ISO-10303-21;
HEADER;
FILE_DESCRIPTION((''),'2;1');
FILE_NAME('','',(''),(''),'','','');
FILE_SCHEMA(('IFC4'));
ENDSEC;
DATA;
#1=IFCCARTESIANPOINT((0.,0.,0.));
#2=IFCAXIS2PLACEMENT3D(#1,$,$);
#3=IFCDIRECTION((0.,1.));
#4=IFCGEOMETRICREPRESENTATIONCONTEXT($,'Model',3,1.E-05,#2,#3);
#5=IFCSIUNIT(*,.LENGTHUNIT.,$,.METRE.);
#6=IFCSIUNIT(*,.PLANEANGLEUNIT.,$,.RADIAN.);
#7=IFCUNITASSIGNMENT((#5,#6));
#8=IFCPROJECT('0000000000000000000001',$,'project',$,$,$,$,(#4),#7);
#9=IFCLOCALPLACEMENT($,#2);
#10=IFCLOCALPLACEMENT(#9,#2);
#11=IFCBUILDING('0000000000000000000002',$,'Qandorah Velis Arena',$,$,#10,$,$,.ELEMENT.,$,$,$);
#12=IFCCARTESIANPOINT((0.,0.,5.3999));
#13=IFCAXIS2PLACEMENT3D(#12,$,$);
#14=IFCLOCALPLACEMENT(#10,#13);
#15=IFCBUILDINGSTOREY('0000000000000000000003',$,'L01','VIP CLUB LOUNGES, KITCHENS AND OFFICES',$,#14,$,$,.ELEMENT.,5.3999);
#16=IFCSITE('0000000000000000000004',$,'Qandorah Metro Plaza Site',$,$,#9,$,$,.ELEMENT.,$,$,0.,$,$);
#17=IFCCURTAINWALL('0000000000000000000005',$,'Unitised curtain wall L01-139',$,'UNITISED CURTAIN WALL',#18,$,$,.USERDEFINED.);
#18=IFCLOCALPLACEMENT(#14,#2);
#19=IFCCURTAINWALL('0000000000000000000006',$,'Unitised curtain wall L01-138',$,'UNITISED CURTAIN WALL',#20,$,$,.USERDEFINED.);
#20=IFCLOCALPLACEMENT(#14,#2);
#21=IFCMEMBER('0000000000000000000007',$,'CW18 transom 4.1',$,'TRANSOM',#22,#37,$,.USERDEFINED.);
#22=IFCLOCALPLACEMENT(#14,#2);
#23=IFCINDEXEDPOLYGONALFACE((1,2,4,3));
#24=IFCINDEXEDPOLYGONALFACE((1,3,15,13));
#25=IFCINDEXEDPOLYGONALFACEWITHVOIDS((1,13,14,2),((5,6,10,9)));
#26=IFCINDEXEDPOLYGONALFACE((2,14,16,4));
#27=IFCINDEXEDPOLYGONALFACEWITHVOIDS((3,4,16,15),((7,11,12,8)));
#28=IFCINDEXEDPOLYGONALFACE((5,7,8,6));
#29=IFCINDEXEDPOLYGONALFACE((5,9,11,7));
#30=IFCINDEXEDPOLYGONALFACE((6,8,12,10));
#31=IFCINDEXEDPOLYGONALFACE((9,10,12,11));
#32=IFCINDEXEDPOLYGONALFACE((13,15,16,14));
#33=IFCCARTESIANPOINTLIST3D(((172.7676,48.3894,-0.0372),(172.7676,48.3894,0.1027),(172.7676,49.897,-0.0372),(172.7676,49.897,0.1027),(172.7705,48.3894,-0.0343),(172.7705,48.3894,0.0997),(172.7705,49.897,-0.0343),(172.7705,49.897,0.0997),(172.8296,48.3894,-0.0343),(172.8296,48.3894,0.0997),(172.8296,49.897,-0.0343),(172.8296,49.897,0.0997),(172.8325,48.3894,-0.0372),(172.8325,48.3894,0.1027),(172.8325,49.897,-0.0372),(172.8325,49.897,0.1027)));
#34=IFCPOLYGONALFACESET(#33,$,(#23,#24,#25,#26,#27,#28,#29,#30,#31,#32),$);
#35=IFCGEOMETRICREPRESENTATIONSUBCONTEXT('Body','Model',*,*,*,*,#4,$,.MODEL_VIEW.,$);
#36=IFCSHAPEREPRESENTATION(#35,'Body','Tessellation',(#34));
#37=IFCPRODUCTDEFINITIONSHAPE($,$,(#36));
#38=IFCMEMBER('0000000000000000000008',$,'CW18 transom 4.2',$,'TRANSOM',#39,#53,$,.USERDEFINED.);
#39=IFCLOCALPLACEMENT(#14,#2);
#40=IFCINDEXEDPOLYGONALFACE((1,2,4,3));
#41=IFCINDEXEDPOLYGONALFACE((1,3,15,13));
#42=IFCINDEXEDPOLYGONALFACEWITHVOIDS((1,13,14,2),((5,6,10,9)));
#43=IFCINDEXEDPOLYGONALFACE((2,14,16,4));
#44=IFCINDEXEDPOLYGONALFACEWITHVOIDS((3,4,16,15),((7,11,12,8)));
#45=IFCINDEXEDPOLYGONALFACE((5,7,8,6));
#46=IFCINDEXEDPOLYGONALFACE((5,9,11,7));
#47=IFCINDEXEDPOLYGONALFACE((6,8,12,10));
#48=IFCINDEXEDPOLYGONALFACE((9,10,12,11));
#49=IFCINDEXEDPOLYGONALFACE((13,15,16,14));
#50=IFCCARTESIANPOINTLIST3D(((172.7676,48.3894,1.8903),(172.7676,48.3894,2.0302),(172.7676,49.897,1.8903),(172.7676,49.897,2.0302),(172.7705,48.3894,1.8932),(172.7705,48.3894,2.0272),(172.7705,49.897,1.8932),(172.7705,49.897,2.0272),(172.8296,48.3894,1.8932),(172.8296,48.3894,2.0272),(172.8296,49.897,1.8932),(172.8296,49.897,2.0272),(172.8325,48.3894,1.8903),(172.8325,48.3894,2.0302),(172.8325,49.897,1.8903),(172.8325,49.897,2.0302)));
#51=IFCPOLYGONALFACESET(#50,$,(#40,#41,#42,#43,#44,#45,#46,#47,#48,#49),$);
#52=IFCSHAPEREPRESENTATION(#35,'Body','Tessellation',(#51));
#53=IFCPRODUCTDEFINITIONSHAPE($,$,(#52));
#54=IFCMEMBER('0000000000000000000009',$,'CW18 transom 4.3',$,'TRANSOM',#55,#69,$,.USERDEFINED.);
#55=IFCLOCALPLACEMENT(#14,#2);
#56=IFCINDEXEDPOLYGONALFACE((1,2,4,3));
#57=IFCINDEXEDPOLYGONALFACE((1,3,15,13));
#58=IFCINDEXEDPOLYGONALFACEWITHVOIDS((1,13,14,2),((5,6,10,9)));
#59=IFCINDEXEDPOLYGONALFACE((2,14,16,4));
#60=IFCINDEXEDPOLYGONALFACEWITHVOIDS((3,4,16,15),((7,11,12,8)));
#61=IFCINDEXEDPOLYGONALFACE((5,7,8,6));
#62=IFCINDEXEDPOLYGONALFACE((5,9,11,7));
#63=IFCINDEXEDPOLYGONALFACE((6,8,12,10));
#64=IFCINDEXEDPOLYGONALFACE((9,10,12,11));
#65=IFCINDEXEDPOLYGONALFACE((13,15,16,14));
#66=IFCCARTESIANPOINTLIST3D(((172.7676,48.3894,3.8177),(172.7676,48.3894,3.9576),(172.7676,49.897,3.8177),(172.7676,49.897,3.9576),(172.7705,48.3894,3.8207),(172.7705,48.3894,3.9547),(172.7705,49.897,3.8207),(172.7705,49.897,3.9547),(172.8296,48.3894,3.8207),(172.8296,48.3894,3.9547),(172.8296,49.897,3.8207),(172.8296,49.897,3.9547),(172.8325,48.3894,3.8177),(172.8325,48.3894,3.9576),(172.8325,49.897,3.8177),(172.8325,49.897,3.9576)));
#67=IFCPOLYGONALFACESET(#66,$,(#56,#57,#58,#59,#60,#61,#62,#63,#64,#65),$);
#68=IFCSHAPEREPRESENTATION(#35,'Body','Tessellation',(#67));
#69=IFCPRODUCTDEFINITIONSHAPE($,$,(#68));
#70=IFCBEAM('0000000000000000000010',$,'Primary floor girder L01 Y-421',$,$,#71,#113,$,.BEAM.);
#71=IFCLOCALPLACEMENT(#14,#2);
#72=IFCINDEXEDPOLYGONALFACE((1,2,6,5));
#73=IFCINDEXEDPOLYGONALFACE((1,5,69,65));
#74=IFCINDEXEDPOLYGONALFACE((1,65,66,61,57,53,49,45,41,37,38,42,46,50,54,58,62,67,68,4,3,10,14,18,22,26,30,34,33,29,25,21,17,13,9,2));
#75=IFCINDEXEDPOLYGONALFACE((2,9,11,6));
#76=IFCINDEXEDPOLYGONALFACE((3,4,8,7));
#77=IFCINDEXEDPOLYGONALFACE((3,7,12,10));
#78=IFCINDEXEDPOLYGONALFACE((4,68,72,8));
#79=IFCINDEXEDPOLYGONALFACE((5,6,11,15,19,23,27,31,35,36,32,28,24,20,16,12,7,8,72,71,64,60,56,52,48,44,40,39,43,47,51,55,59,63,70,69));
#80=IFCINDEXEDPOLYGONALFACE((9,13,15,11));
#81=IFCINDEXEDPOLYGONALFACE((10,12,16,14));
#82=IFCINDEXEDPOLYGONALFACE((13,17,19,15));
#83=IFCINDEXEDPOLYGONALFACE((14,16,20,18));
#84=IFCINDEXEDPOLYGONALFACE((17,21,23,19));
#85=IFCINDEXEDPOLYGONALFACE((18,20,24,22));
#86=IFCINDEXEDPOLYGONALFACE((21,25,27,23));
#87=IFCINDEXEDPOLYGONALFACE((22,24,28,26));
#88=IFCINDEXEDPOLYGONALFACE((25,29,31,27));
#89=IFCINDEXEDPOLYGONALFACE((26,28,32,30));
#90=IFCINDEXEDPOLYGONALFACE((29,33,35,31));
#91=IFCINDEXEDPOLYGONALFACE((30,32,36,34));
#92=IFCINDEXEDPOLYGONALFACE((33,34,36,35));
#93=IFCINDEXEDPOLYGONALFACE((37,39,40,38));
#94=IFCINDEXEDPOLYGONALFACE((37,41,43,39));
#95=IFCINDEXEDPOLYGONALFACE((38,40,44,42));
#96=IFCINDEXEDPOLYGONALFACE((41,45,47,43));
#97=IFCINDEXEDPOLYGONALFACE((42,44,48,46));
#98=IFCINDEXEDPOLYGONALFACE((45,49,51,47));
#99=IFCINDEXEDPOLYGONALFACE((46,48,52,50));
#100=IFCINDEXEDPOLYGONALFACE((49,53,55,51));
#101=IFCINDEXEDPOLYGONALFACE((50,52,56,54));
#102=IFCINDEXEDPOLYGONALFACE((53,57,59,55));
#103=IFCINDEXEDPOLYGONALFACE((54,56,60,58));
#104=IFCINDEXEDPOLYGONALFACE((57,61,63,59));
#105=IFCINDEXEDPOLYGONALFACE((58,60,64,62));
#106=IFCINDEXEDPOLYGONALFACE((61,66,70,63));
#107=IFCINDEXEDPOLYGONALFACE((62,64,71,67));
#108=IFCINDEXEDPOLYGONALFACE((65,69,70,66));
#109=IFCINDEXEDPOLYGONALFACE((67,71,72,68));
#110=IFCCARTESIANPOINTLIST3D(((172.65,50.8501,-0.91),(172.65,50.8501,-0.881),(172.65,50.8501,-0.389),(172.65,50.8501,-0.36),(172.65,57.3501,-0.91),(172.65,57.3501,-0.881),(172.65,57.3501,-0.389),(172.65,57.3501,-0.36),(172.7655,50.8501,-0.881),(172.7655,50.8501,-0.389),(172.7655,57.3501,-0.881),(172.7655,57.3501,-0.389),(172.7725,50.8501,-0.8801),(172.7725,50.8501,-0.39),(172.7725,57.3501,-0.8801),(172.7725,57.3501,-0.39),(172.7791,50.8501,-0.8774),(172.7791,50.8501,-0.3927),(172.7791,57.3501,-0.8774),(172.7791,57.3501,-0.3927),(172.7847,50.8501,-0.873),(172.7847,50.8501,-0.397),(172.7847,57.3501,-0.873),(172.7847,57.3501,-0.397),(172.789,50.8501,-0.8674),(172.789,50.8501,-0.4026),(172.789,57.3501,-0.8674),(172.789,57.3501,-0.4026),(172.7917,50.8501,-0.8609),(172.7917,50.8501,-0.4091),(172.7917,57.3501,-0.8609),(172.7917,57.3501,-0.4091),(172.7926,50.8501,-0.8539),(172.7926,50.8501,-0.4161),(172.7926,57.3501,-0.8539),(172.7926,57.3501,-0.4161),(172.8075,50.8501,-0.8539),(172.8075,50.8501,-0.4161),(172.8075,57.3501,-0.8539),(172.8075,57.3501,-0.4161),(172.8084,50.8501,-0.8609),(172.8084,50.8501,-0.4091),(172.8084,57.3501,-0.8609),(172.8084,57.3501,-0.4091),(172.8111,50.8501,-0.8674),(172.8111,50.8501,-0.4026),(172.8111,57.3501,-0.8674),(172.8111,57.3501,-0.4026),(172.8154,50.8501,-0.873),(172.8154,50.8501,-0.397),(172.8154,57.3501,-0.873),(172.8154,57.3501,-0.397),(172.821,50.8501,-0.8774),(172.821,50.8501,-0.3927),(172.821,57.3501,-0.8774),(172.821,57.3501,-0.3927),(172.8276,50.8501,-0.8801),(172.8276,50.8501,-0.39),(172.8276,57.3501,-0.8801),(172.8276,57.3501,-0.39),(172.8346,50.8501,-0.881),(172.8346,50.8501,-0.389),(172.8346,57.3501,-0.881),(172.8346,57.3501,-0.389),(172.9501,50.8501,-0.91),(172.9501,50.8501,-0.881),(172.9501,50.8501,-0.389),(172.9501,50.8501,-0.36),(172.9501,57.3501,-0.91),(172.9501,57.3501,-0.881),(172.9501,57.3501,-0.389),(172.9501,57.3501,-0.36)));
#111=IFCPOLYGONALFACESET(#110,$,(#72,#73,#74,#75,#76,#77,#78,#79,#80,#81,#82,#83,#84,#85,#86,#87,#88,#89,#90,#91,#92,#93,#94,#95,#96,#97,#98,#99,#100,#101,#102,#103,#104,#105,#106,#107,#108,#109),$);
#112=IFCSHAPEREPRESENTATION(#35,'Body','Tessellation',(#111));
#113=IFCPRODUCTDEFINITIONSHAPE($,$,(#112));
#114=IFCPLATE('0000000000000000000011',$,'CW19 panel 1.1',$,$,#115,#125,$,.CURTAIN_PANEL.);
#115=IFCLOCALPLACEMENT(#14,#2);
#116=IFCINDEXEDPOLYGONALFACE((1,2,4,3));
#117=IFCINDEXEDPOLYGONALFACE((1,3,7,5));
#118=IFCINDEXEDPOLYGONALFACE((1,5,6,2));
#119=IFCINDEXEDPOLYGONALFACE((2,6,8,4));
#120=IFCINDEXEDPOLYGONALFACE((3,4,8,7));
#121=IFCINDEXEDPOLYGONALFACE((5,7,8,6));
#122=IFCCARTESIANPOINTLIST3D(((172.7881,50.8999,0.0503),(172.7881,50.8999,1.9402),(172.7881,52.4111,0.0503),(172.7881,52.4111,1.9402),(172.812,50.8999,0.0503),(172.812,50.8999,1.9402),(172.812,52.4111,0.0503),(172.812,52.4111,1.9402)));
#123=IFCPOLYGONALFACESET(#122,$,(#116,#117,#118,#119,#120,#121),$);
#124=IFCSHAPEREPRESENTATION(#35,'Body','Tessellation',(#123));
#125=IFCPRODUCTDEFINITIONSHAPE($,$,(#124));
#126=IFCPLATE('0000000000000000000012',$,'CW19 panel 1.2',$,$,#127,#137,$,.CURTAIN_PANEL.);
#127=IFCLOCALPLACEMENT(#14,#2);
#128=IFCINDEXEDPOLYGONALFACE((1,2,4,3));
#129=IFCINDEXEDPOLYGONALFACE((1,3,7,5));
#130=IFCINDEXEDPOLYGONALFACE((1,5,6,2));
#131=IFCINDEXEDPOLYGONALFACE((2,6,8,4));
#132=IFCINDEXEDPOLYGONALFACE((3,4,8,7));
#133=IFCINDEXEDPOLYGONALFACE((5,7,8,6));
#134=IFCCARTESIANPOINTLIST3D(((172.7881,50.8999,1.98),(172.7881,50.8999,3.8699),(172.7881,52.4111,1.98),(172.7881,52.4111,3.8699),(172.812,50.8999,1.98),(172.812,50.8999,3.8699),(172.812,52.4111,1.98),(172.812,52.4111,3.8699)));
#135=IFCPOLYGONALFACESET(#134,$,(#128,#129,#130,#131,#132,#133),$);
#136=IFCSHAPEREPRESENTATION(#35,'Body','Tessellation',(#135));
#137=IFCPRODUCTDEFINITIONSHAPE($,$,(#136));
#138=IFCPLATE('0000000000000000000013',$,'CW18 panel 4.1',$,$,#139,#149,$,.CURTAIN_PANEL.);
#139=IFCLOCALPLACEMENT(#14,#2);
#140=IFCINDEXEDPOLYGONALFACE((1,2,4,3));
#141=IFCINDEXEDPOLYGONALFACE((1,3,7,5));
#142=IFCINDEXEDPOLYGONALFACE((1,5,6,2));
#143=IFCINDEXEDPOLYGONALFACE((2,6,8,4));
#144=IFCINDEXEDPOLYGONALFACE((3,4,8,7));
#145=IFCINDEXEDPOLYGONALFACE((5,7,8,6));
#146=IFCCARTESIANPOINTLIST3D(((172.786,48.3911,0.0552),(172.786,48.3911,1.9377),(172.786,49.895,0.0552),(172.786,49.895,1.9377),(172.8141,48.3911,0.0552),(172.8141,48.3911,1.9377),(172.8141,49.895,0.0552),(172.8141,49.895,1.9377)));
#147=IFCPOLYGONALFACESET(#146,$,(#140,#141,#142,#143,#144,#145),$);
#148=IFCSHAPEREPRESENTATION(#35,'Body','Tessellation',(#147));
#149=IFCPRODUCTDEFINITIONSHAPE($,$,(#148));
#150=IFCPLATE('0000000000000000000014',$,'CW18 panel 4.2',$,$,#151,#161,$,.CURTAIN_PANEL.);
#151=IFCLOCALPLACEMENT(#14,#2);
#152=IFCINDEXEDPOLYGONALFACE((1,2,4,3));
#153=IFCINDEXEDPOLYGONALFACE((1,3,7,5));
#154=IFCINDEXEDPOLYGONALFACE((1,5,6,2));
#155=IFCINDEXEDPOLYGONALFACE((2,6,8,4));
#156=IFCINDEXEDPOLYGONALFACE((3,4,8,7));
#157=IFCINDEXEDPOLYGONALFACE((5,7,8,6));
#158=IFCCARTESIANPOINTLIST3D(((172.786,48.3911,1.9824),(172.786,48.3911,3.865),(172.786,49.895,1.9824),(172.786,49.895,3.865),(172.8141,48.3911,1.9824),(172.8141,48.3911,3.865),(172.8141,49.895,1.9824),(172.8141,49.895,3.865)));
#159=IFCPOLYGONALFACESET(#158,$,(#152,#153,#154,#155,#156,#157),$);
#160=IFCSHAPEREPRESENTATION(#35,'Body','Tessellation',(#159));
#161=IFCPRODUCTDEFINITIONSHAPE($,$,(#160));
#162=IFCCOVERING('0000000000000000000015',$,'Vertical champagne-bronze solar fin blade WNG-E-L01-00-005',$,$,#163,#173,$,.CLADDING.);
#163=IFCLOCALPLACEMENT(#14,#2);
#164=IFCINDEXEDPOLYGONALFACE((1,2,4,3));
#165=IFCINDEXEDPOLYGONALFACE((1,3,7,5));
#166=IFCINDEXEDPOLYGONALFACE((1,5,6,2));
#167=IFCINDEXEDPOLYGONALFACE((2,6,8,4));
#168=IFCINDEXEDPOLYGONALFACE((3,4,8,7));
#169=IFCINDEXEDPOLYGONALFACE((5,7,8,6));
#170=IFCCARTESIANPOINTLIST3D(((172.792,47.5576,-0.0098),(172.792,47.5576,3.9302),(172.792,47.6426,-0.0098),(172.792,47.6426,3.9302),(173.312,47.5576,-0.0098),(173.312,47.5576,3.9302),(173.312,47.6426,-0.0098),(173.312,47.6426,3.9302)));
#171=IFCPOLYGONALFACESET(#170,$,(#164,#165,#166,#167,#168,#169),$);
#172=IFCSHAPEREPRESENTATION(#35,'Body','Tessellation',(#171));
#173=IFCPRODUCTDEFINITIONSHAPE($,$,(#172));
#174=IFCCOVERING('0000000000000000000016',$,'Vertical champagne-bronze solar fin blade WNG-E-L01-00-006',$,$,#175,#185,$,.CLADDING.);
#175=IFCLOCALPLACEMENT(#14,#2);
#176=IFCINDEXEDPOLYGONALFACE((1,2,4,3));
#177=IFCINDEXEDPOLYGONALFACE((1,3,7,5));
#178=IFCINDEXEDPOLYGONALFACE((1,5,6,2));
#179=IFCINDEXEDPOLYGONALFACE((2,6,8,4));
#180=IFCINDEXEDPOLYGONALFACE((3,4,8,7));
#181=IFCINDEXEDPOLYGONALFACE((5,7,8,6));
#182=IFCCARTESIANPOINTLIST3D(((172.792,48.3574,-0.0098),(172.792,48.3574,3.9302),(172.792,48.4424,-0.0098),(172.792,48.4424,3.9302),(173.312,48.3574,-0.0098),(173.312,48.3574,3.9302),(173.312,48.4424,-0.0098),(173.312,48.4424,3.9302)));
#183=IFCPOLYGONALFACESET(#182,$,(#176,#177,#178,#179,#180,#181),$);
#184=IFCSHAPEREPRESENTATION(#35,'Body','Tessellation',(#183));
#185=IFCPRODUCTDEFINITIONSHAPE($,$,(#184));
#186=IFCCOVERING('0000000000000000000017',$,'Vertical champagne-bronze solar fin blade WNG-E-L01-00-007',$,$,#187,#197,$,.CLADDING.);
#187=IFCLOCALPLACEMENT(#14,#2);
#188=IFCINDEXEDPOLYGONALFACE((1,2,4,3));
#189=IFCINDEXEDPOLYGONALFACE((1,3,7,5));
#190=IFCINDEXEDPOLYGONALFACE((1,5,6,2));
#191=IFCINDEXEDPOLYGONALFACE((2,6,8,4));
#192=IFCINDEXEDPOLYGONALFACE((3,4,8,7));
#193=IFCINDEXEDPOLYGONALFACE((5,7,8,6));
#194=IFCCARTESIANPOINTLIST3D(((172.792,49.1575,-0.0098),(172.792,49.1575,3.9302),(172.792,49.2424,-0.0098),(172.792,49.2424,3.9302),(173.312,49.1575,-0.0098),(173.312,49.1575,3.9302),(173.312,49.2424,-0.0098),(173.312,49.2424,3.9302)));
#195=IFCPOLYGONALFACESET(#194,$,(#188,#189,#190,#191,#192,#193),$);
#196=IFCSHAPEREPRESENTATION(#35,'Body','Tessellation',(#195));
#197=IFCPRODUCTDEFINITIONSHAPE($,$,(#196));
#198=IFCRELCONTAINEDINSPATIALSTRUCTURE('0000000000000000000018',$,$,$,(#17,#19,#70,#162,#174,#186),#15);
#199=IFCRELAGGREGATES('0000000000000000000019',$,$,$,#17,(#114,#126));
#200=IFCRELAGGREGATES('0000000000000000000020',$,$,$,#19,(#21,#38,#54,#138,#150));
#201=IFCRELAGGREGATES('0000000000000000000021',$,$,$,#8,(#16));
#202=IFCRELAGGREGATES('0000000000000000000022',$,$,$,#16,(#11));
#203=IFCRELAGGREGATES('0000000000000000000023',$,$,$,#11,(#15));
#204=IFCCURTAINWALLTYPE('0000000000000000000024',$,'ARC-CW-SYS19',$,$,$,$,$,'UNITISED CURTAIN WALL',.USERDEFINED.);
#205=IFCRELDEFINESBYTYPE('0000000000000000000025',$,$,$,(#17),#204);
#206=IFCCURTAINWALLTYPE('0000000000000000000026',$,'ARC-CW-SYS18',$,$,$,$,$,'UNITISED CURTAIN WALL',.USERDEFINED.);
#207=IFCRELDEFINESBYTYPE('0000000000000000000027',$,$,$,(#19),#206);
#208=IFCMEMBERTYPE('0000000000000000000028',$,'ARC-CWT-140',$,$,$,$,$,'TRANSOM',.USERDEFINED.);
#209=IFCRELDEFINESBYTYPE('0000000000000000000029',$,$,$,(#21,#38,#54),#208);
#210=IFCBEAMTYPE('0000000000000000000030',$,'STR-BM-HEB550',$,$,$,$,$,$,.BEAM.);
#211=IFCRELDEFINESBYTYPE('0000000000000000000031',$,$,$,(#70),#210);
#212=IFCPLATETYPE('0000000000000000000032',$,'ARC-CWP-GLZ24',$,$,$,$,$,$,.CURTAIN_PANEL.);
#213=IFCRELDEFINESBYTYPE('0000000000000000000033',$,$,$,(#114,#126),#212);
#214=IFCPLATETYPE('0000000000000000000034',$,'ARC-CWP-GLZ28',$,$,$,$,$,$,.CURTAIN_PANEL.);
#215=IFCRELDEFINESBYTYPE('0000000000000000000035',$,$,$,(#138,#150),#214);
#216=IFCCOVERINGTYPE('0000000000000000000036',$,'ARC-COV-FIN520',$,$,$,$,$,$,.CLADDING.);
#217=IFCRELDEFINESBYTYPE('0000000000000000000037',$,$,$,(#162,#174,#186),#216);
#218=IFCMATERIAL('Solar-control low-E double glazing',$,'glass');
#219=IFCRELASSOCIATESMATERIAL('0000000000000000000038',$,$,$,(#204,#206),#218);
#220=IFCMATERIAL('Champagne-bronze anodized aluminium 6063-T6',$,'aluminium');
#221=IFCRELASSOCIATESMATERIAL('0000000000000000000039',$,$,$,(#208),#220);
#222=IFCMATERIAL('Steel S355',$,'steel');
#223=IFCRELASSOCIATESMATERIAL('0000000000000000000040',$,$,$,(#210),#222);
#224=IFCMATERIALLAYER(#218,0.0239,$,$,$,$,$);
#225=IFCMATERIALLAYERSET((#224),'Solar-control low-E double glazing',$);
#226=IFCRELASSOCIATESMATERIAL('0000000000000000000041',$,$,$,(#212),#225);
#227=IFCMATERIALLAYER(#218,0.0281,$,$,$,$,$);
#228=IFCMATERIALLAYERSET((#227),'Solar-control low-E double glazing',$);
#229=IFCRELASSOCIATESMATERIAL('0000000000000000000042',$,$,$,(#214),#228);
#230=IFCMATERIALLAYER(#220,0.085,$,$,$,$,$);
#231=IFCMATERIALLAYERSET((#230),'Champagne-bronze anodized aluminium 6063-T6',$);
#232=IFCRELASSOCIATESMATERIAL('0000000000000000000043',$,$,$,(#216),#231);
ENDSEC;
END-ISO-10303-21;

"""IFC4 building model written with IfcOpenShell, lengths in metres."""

from ifc_helpers import new_model, si_unit, direction, frame, origin, origin_2d, place, context, subcontext, project, spatial, rectangle, hollow_rectangle, i_section, extrude, material, layer, layer_set, material_profile, profile_set, type_object, element, aggregate, save


model = new_model("IFC4")

# Units and contexts
model_context = context("Model", 3, precision=1e-05, world=origin(), true_north=direction((0.0, 1.0)))
body_context = subcontext(model_context, "Body", "Model", "MODEL_VIEW")
ifc_project = project(units=[si_unit("LENGTHUNIT", "METRE"), si_unit("PLANEANGLEUNIT", "RADIAN")], contexts=[model_context])

# Site, building, storey
site_placement = place(None, origin())
site = spatial("IfcSite", under=ifc_project, at=site_placement, Name="Qandorah Metro Plaza Site", CompositionType="ELEMENT", RefElevation=0.0)
building_placement = place(site_placement, origin())
building = spatial("IfcBuilding", under=site, at=building_placement, Name="Qandorah Velis Arena", CompositionType="ELEMENT")
storey_placement = place(building_placement, frame((0.0, 0.0, 5.3999)))
storey = spatial("IfcBuildingStorey", under=building, at=storey_placement, Name="L01", Description="VIP CLUB LOUNGES, KITCHENS AND OFFICES", CompositionType="ELEMENT", Elevation=5.3999)

# Curtain walls
ifc_material_1 = material(Name="Solar-control low-E double glazing", Category="glass")
curtain_wall_type_1 = type_object("IfcCurtainWallType", Name="ARC-CW-SYS19", ElementType="UNITISED CURTAIN WALL", PredefinedType="USERDEFINED", material=ifc_material_1)
curtain_wall_1_placement = place(storey_placement, origin())
curtain_wall_1 = element("IfcCurtainWall", 1, at=curtain_wall_1_placement, inside=storey, type_object=curtain_wall_type_1, Name="Unitised curtain wall L01-139", ObjectType="UNITISED CURTAIN WALL", PredefinedType="USERDEFINED")
ifc_material_2 = material(Name="Champagne-bronze anodized aluminium 6063-T6", Category="aluminium")
curtain_wall_type_2 = type_object("IfcCurtainWallType", Name="ARC-CW-SYS18", ElementType="UNITISED CURTAIN WALL", PredefinedType="USERDEFINED", material=ifc_material_1)
curtain_wall_2_placement = place(storey_placement, origin())
curtain_wall_2 = element("IfcCurtainWall", 2, at=curtain_wall_2_placement, inside=storey, type_object=curtain_wall_type_2, Name="Unitised curtain wall L01-138", ObjectType="UNITISED CURTAIN WALL", PredefinedType="USERDEFINED")

# Members
ifc_material_profile_1 = material_profile(ifc_material_2, hollow_rectangle(XDim=0.0649, YDim=0.1399, WallThickness=0.0029, at=origin_2d()), Name="ALU TRANSOM 65x140")
ifc_profile_set_1 = profile_set([ifc_material_profile_1], Name="Champagne-bronze anodized aluminium 6063-T6")
member_type_1 = type_object("IfcMemberType", Name="ARC-CWT-140", ElementType="TRANSOM", PredefinedType="USERDEFINED", material=ifc_profile_set_1)
member_1_placement = place(storey_placement, frame((172.8, 48.3894, 0.0327), z_axis=(0.0, 1.0, 0.0), x_axis=(-1.0, 0.0, 0.0)))
member_1 = element("IfcMember", 3, at=member_1_placement, type_object=member_type_1, Name="CW18 transom 4.1", ObjectType="TRANSOM", PredefinedType="USERDEFINED", context=body_context, shape_type="SweptSolid", body=[
    extrude(hollow_rectangle(XDim=0.0649, YDim=0.1399, WallThickness=0.0029, at=origin_2d()), origin(), (0.0, 0.0, 1.0), 1.5076),
])
member_2_placement = place(storey_placement, frame((172.8, 48.3894, 1.9602), z_axis=(0.0, 1.0, 0.0), x_axis=(-1.0, 0.0, 0.0)))
member_2 = element("IfcMember", 4, at=member_2_placement, type_object=member_type_1, Name="CW18 transom 4.2", ObjectType="TRANSOM", PredefinedType="USERDEFINED", context=body_context, shape_type="SweptSolid", body=[
    extrude(hollow_rectangle(XDim=0.0649, YDim=0.1399, WallThickness=0.0029, at=origin_2d()), origin(), (0.0, 0.0, 1.0), 1.5076),
])
member_3_placement = place(storey_placement, frame((172.8, 48.3894, 3.8877), z_axis=(0.0, 1.0, 0.0), x_axis=(-1.0, 0.0, 0.0)))
member_3 = element("IfcMember", 5, at=member_3_placement, type_object=member_type_1, Name="CW18 transom 4.3", ObjectType="TRANSOM", PredefinedType="USERDEFINED", context=body_context, shape_type="SweptSolid", body=[
    extrude(hollow_rectangle(XDim=0.0649, YDim=0.1399, WallThickness=0.0029, at=origin_2d()), origin(), (0.0, 0.0, 1.0), 1.5076),
])

# Beam
ifc_material_3 = material(Name="Steel S355", Category="steel")
ifc_material_profile_2 = material_profile(ifc_material_3, i_section(OverallWidth=0.3, OverallDepth=0.55, WebThickness=0.0149, FlangeThickness=0.0291, FilletRadius=0.0271, at=origin_2d()), Name="HEB 550")
ifc_profile_set_2 = profile_set([ifc_material_profile_2], Name="Steel S355")
beam_type = type_object("IfcBeamType", Name="STR-BM-HEB550", PredefinedType="BEAM", material=ifc_profile_set_2)
beam_placement = place(storey_placement, frame((172.8, 50.8501, -0.635), z_axis=(0.0, 1.0, 0.0), x_axis=(-1.0, 0.0, 0.0)))
element("IfcBeam", 6, at=beam_placement, inside=storey, type_object=beam_type, Name="Primary floor girder L01 Y-421", PredefinedType="BEAM", context=body_context, shape_type="SweptSolid", body=[
    extrude(i_section(OverallWidth=0.3, OverallDepth=0.55, WebThickness=0.0149, FlangeThickness=0.0291, FilletRadius=0.0271, at=origin_2d()), origin(), (0.0, 0.0, 1.0), 6.5),
])

# Plates
ifc_layer_1 = layer(ifc_material_1, 0.0239)
ifc_layer_set_1 = layer_set([ifc_layer_1], Name="Solar-control low-E double glazing")
plate_type_1 = type_object("IfcPlateType", Name="ARC-CWP-GLZ24", PredefinedType="CURTAIN_PANEL", material=ifc_layer_set_1)
plate_1_placement = place(storey_placement, frame((172.8, 51.6555, 0.0503), z_axis=(0.0, 0.0, 1.0), x_axis=(0.0, 1.0, 0.0)))
plate_1 = element("IfcPlate", 7, at=plate_1_placement, type_object=plate_type_1, Name="CW19 panel 1.1", PredefinedType="CURTAIN_PANEL", context=body_context, shape_type="SweptSolid", body=[
    extrude(rectangle(XDim=1.5112, YDim=0.0239, at=origin_2d()), origin(), (0.0, 0.0, 1.0), 1.8899),
])
plate_2_placement = place(storey_placement, frame((172.8, 51.6555, 1.98), z_axis=(0.0, 0.0, 1.0), x_axis=(0.0, 1.0, 0.0)))
plate_2 = element("IfcPlate", 8, at=plate_2_placement, type_object=plate_type_1, Name="CW19 panel 1.2", PredefinedType="CURTAIN_PANEL", context=body_context, shape_type="SweptSolid", body=[
    extrude(rectangle(XDim=1.5112, YDim=0.0239, at=origin_2d()), origin(), (0.0, 0.0, 1.0), 1.8899),
])
aggregate(curtain_wall_1, [plate_1, plate_2])
ifc_layer_2 = layer(ifc_material_1, 0.0281)
ifc_layer_set_2 = layer_set([ifc_layer_2], Name="Solar-control low-E double glazing")
plate_type_2 = type_object("IfcPlateType", Name="ARC-CWP-GLZ28", PredefinedType="CURTAIN_PANEL", material=ifc_layer_set_2)
plate_3_placement = place(storey_placement, frame((172.8, 49.1431, 0.0552), z_axis=(0.0, 0.0, 1.0), x_axis=(0.0, 1.0, 0.0)))
plate_3 = element("IfcPlate", 9, at=plate_3_placement, type_object=plate_type_2, Name="CW18 panel 4.1", PredefinedType="CURTAIN_PANEL", context=body_context, shape_type="SweptSolid", body=[
    extrude(rectangle(XDim=1.5039, YDim=0.0281, at=origin_2d()), origin(), (0.0, 0.0, 1.0), 1.8826),
])
plate_4_placement = place(storey_placement, frame((172.8, 49.1431, 1.9824), z_axis=(0.0, 0.0, 1.0), x_axis=(0.0, 1.0, 0.0)))
plate_4 = element("IfcPlate", 10, at=plate_4_placement, type_object=plate_type_2, Name="CW18 panel 4.2", PredefinedType="CURTAIN_PANEL", context=body_context, shape_type="SweptSolid", body=[
    extrude(rectangle(XDim=1.5039, YDim=0.0281, at=origin_2d()), origin(), (0.0, 0.0, 1.0), 1.8826),
])
aggregate(curtain_wall_2, [member_1, member_2, member_3, plate_3, plate_4])

# Coverings
ifc_layer_3 = layer(ifc_material_2, 0.085)
ifc_layer_set_3 = layer_set([ifc_layer_3], Name="Champagne-bronze anodized aluminium 6063-T6")
covering_type = type_object("IfcCoveringType", Name="ARC-COV-FIN520", PredefinedType="CLADDING", material=ifc_layer_set_3)
for number, where, z_axis, x_axis, name in (
    (11, (173.052, 47.6001, -0.0098), (0.0, 0.0, 1.0), (1.0, 0.0, 0.0), "Vertical champagne-bronze solar fin blade WNG-E-L01-00-005"),
    (12, (173.052, 48.3999, -0.0098), (0.0, 0.0, 1.0), (1.0, 0.0, 0.0), "Vertical champagne-bronze solar fin blade WNG-E-L01-00-006"),
    (13, (173.052, 49.2, -0.0098), (0.0, 0.0, 1.0), (1.0, 0.0, 0.0), "Vertical champagne-bronze solar fin blade WNG-E-L01-00-007"),
):
    element("IfcCovering", number, at=place(storey_placement, frame(where, z_axis=z_axis, x_axis=x_axis)), inside=storey, type_object=covering_type, Name=name, PredefinedType="CLADDING", context=body_context, shape_type="SweptSolid", body=[
        extrude(rectangle(XDim=0.52, YDim=0.085, at=origin_2d()), origin(), (0.0, 0.0, 1.0), 3.9399),
    ])

save(model, "model.ifc")
